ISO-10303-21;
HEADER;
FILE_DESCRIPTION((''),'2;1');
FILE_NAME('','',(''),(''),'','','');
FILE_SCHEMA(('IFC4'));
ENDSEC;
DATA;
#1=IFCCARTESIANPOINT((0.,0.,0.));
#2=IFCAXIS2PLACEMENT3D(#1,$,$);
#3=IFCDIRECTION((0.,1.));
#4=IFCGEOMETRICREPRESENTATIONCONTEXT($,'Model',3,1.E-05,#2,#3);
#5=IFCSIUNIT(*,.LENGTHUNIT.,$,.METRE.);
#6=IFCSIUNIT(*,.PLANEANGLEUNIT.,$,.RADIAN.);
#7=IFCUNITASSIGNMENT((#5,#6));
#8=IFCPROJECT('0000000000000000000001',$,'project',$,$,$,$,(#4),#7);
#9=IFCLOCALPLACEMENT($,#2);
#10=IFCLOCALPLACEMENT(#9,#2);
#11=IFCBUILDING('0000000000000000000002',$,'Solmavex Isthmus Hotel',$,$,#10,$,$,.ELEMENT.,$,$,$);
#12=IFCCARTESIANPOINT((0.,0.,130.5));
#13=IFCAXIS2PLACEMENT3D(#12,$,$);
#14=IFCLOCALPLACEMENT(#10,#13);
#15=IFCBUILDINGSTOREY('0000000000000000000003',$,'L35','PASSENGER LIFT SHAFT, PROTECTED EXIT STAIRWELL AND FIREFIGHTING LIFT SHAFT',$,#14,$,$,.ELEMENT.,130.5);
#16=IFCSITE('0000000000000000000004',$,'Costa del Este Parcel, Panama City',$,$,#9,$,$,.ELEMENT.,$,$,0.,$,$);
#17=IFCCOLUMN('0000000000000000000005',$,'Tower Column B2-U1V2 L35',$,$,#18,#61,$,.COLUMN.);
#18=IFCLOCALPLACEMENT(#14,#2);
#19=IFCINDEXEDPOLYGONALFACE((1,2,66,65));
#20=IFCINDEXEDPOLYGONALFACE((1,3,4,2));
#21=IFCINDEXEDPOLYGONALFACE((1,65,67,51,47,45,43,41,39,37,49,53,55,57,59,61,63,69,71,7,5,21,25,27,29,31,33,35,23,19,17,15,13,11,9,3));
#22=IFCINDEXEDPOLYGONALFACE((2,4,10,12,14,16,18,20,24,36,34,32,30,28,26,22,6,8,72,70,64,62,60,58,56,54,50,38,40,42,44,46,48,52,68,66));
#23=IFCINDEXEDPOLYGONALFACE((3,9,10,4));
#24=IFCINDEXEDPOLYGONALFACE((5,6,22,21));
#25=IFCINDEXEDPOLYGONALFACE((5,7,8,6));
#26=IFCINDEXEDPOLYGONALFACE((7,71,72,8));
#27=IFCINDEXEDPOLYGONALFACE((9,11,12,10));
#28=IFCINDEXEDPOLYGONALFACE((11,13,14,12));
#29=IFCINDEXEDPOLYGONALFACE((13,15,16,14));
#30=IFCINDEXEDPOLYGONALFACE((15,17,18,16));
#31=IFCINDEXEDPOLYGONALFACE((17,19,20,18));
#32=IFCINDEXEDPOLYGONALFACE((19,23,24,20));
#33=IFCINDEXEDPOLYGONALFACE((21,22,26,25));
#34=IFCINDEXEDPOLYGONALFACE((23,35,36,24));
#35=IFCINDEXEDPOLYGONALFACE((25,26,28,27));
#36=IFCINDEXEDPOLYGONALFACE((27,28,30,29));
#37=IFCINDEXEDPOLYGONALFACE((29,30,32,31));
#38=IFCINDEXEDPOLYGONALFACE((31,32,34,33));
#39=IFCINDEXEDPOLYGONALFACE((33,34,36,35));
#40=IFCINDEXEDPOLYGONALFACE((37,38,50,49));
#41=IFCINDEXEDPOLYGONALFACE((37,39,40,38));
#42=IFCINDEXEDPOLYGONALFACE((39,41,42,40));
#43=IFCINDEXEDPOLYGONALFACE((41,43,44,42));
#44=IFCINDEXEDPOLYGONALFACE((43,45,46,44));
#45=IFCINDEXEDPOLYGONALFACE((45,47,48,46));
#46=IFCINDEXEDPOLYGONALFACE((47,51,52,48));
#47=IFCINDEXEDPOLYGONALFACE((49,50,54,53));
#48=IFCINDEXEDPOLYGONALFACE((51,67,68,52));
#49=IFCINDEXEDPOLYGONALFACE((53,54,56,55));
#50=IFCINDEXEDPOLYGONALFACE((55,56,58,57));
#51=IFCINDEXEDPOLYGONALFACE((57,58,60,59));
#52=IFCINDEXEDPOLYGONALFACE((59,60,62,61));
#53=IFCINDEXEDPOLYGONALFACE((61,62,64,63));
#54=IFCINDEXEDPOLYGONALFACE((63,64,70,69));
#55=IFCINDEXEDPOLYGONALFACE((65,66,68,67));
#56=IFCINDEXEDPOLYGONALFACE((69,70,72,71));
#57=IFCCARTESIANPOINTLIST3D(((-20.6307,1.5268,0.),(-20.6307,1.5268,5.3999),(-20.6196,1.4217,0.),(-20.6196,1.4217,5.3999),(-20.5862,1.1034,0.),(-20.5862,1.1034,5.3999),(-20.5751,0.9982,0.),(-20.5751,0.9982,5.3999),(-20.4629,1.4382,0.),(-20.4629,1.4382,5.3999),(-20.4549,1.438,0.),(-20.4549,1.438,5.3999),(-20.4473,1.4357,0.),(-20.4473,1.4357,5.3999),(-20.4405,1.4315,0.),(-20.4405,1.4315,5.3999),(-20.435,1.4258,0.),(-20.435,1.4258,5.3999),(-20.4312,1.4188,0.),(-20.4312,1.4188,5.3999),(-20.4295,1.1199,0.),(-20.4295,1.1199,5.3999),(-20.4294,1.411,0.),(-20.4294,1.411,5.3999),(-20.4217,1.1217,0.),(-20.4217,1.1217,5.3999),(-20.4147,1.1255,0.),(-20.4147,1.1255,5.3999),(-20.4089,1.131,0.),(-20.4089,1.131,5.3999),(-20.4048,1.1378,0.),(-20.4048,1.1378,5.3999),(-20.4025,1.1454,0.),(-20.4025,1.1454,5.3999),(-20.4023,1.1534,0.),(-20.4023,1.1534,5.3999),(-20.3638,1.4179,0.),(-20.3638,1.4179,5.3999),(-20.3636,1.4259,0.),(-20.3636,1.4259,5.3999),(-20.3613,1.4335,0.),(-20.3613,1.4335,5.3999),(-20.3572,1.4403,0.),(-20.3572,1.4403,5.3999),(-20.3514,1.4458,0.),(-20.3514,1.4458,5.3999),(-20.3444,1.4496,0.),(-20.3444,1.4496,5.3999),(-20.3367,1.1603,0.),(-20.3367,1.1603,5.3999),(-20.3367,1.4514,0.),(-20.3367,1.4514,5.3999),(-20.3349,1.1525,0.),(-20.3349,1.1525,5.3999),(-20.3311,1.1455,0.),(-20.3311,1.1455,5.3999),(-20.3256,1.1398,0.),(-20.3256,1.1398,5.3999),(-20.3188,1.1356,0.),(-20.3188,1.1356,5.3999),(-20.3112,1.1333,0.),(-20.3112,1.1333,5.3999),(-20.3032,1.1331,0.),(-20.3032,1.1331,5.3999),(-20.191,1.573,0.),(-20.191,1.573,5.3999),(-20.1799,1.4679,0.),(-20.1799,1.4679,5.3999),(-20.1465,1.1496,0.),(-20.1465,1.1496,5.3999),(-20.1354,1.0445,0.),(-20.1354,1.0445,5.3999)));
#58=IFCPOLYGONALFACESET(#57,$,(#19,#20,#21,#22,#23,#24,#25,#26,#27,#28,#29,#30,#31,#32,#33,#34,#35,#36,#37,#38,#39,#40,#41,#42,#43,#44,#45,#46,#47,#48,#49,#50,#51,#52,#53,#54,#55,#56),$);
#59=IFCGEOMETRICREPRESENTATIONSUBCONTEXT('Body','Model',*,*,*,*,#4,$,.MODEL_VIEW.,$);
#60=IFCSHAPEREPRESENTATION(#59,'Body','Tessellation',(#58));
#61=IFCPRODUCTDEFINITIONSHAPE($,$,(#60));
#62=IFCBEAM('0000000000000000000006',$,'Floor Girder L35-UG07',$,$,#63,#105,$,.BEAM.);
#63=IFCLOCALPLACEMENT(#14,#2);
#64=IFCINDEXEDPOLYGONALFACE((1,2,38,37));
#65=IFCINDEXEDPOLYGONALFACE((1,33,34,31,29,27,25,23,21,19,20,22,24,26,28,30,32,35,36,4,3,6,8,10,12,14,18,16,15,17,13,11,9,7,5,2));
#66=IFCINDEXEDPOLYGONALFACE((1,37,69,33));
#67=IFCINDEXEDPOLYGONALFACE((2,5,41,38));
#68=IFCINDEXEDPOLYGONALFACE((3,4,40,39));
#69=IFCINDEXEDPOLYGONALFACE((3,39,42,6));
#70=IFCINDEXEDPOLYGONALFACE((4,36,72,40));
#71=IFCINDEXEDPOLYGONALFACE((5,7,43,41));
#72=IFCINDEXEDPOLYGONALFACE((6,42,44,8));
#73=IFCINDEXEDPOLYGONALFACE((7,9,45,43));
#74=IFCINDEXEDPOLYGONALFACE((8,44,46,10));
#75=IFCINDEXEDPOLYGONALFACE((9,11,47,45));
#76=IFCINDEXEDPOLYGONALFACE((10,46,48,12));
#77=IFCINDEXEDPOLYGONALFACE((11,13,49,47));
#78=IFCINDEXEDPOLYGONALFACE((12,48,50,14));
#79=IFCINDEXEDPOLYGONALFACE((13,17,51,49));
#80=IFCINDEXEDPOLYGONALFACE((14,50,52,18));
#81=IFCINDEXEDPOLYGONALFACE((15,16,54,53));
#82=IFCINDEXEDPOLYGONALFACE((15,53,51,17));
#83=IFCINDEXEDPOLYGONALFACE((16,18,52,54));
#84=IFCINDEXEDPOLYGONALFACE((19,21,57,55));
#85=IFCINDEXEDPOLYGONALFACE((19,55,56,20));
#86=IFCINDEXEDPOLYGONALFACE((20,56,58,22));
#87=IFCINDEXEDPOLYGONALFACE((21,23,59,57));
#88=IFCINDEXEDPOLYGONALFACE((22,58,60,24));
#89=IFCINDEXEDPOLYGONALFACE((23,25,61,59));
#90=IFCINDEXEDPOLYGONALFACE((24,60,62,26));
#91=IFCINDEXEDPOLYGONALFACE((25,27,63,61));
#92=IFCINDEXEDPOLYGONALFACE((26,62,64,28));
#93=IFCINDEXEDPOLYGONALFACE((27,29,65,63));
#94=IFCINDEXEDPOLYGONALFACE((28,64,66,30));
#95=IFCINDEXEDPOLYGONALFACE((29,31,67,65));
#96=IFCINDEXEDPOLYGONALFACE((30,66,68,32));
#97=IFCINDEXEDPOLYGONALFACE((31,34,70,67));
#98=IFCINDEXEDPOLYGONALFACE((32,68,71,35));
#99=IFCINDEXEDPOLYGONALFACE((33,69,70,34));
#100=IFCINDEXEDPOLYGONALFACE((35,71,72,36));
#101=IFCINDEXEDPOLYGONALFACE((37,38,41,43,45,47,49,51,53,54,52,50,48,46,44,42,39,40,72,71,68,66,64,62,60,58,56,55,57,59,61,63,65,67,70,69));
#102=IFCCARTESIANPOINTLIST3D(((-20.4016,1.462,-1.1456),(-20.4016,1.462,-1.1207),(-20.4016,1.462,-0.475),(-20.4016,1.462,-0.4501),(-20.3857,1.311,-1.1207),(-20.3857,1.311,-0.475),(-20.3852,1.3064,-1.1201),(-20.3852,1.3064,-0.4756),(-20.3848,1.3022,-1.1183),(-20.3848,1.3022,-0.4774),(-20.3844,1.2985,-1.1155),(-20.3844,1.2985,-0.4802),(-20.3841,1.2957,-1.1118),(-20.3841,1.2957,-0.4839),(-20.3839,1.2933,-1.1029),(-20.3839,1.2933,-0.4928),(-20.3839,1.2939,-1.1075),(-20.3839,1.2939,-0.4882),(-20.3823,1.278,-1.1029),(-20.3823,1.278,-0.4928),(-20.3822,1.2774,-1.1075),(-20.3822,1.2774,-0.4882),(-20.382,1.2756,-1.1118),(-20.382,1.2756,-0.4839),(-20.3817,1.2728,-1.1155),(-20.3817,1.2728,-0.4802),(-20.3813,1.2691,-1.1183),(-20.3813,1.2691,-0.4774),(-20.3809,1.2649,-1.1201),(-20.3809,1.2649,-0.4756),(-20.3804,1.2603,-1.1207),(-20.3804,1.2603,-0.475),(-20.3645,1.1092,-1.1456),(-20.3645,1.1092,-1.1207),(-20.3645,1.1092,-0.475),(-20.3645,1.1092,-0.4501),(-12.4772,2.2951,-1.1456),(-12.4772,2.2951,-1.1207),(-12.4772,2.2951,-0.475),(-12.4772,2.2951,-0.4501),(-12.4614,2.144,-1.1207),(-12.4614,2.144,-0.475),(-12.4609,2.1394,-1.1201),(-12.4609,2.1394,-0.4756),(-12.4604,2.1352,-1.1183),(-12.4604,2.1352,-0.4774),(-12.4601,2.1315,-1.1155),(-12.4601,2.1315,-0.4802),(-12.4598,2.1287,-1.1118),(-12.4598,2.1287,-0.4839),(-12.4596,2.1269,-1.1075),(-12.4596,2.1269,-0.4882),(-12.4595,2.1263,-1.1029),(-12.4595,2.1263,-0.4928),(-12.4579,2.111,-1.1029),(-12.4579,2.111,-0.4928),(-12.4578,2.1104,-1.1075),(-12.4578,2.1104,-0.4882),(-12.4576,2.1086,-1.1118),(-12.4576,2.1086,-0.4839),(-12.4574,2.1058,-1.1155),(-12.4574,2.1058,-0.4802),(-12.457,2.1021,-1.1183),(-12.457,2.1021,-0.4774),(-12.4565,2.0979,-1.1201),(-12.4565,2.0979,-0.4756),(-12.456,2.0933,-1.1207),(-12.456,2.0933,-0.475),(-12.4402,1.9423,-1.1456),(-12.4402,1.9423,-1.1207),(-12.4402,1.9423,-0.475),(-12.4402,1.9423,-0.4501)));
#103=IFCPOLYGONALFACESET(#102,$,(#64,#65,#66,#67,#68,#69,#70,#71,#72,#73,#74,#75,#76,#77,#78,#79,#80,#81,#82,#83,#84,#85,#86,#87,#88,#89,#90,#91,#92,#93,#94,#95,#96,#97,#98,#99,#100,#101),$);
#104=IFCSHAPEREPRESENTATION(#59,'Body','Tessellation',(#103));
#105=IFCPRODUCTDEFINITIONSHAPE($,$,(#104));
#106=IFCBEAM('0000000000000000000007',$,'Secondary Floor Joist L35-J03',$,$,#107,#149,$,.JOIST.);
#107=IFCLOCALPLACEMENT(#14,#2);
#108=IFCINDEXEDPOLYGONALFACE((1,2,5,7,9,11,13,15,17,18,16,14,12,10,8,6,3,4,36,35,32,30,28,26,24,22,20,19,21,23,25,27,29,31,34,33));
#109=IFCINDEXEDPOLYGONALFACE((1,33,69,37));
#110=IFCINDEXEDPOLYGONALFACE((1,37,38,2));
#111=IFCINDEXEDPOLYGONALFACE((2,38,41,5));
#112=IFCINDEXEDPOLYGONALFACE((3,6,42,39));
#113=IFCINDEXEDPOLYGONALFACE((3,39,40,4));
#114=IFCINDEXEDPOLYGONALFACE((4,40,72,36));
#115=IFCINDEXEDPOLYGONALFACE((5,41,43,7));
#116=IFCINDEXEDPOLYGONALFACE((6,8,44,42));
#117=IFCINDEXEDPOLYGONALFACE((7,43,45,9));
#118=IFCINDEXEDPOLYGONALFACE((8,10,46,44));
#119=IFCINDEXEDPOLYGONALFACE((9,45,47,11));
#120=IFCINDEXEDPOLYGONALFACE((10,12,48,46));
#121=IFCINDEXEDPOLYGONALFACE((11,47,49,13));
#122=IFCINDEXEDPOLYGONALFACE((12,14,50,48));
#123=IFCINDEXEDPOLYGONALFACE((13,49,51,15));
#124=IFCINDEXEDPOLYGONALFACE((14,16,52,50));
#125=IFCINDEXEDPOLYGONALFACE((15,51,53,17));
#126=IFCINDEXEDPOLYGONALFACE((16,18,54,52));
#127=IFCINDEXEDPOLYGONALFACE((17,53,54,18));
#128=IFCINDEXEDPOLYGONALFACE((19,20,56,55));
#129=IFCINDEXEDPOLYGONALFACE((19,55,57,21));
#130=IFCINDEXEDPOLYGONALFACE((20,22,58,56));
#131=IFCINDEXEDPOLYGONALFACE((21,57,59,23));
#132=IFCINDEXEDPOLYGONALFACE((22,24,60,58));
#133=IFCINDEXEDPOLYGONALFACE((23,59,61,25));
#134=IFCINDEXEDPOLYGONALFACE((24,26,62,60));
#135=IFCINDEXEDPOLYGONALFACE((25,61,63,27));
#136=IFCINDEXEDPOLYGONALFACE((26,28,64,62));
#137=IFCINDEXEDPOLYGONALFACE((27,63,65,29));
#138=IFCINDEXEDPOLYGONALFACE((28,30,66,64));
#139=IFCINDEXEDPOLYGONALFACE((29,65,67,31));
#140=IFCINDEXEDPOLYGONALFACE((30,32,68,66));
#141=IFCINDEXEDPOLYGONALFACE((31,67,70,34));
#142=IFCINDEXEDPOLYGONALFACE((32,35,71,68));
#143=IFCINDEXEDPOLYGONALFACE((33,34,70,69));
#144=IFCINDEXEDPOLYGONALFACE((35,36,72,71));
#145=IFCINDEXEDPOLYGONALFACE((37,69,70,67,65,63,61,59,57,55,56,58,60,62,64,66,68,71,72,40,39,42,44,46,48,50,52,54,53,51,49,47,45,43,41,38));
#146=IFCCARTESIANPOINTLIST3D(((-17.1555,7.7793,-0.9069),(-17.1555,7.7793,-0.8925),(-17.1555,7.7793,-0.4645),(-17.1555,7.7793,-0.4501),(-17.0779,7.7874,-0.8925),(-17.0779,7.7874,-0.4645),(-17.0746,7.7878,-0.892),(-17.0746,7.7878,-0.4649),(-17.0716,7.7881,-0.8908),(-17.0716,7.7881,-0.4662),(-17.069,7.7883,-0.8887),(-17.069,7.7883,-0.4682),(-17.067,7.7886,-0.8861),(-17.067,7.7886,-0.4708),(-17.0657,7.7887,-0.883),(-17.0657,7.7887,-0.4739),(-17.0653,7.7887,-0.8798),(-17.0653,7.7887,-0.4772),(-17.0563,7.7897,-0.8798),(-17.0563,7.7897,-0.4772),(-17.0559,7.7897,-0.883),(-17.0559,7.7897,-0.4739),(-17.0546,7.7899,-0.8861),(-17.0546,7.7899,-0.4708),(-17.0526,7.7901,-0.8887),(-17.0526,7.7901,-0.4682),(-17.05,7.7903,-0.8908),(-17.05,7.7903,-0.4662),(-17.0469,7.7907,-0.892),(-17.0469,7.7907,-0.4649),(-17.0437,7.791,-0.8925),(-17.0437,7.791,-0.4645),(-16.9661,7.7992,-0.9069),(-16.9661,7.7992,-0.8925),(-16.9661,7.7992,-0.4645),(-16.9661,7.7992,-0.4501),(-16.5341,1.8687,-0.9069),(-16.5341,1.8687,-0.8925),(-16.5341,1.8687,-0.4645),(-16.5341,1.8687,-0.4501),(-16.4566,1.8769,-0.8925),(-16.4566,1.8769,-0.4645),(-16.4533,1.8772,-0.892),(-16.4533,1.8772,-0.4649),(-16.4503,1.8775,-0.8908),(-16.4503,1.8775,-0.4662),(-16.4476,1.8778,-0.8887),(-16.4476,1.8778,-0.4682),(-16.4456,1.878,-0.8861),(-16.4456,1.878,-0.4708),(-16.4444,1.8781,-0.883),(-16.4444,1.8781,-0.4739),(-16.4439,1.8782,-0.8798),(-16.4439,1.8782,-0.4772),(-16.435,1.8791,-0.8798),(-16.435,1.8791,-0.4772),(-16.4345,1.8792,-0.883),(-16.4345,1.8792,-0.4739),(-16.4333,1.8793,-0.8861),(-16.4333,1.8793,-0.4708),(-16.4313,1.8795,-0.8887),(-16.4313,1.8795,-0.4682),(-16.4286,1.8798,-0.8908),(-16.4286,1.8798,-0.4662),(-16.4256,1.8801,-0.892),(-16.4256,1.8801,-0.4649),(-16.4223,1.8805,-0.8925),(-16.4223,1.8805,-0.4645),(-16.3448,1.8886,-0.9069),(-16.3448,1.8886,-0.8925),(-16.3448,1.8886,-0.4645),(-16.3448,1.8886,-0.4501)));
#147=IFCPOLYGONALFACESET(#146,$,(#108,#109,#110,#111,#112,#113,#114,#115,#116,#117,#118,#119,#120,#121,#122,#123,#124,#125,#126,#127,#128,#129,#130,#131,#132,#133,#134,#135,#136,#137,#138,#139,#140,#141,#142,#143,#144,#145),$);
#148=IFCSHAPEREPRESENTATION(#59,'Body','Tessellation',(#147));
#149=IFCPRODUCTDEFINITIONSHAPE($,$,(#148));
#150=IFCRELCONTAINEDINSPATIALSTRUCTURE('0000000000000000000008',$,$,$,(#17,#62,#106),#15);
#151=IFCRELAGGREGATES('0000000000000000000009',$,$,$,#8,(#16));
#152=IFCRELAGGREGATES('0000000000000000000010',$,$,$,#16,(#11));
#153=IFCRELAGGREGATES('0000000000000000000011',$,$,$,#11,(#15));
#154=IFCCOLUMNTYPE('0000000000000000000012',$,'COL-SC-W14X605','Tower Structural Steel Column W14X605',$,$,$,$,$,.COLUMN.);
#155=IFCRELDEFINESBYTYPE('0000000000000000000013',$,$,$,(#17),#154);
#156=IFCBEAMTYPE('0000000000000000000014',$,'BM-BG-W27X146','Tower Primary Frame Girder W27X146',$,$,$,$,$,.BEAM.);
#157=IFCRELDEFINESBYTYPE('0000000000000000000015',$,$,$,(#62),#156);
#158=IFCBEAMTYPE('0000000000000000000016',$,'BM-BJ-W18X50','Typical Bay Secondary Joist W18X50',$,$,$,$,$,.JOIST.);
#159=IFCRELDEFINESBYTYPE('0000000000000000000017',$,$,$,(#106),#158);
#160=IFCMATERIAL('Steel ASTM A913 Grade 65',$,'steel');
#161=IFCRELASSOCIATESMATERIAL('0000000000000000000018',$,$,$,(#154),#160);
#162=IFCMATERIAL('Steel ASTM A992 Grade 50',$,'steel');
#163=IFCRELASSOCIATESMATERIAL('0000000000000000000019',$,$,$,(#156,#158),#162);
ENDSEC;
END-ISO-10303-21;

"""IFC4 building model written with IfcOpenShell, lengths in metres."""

from ifc_helpers import new_model, si_unit, direction, frame, origin, origin_2d, place, context, subcontext, project, spatial, i_section, extrude, material, material_profile, profile_set, type_object, element, save


model = new_model("IFC4")

# Units and contexts
model_context = context("Model", 3, precision=1e-05, world=origin(), true_north=direction((0.0, 1.0)))
body_context = subcontext(model_context, "Body", "Model", "MODEL_VIEW")
ifc_project = project(units=[si_unit("LENGTHUNIT", "METRE"), si_unit("PLANEANGLEUNIT", "RADIAN")], contexts=[model_context])

# Site, building, storey
site_placement = place(None, origin())
site = spatial("IfcSite", under=ifc_project, at=site_placement, Name="Costa del Este Parcel, Panama City", CompositionType="ELEMENT", RefElevation=0.0)
building_placement = place(site_placement, origin())
building = spatial("IfcBuilding", under=site, at=building_placement, Name="Solmavex Isthmus Hotel", CompositionType="ELEMENT")
storey_placement = place(building_placement, frame((0.0, 0.0, 130.5)))
storey = spatial("IfcBuildingStorey", under=building, at=storey_placement, Name="L35", Description="PASSENGER LIFT SHAFT, PROTECTED EXIT STAIRWELL AND FIREFIGHTING LIFT SHAFT", CompositionType="ELEMENT", Elevation=130.5)

# Column
ifc_material_1 = material(Name="Steel ASTM A913 Grade 65", Category="steel")
ifc_material_profile_1 = material_profile(ifc_material_1, i_section(OverallWidth=0.4421, OverallDepth=0.5315, WebThickness=0.0659, FlangeThickness=0.1057, FilletRadius=0.0305, at=origin_2d()), Name="W14X605")
ifc_profile_set_1 = profile_set([ifc_material_profile_1], Name="Steel ASTM A913 Grade 65")
column_type = type_object("IfcColumnType", Name="COL-SC-W14X605", Description="Tower Structural Steel Column W14X605", PredefinedType="COLUMN", material=ifc_profile_set_1)
column_placement = place(storey_placement, frame((-20.3831, 1.2856, 0.0), z_axis=(0.0, 0.0, 1.0), x_axis=(0.994522, 0.104528, 0.0)))
element("IfcColumn", 1, at=column_placement, inside=storey, type_object=column_type, Name="Tower Column B2-U1V2 L35", PredefinedType="COLUMN", context=body_context, shape_type="SweptSolid", body=[
    extrude(i_section(OverallWidth=0.4421, OverallDepth=0.5315, WebThickness=0.0659, FlangeThickness=0.1057, FilletRadius=0.0305, at=origin_2d()), origin(), (0.0, 0.0, 1.0), 5.3999),
])

# Beams
ifc_material_2 = material(Name="Steel ASTM A992 Grade 50", Category="steel")
ifc_material_profile_2 = material_profile(ifc_material_2, i_section(OverallWidth=0.3547, OverallDepth=0.6956, WebThickness=0.0154, FlangeThickness=0.0249, FilletRadius=0.0178, at=origin_2d()), Name="W27X146")
ifc_profile_set_2 = profile_set([ifc_material_profile_2], Name="Steel ASTM A992 Grade 50")
beam_type_1 = type_object("IfcBeamType", Name="BM-BG-W27X146", Description="Tower Primary Frame Girder W27X146", PredefinedType="BEAM", material=ifc_profile_set_2)
beam_1_placement = place(storey_placement, frame((-20.3831, 1.2856, -0.7979), z_axis=(0.99452, 0.104544, 0.0), x_axis=(-0.104544, 0.99452, 0.0)))
element("IfcBeam", 2, at=beam_1_placement, inside=storey, type_object=beam_type_1, Name="Floor Girder L35-UG07", PredefinedType="BEAM", context=body_context, shape_type="SweptSolid", body=[
    extrude(i_section(OverallWidth=0.3547, OverallDepth=0.6956, WebThickness=0.0154, FlangeThickness=0.0249, FilletRadius=0.0178, at=origin_2d()), origin(), (0.0, 0.0, 1.0), 7.968),
])
ifc_material_profile_3 = material_profile(ifc_material_2, i_section(OverallWidth=0.1904, OverallDepth=0.4568, WebThickness=0.009, FlangeThickness=0.0144, FilletRadius=0.0127, at=origin_2d()), Name="W18X50")
ifc_profile_set_3 = profile_set([ifc_material_profile_3], Name="Steel ASTM A992 Grade 50")
beam_type_2 = type_object("IfcBeamType", Name="BM-BJ-W18X50", Description="Typical Bay Secondary Joist W18X50", PredefinedType="JOIST", material=ifc_profile_set_3)
beam_2_placement = place(storey_placement, frame((-16.4395, 1.8787, -0.6785), z_axis=(-0.104546, 0.99452, 0.0), x_axis=(-0.99452, -0.104546, 0.0)))
element("IfcBeam", 3, at=beam_2_placement, inside=storey, type_object=beam_type_2, Name="Secondary Floor Joist L35-J03", PredefinedType="JOIST", context=body_context, shape_type="SweptSolid", body=[
    extrude(i_section(OverallWidth=0.1904, OverallDepth=0.4568, WebThickness=0.009, FlangeThickness=0.0144, FilletRadius=0.0127, at=origin_2d()), origin(), (0.0, 0.0, 1.0), 5.9431),
])

save(model, "model.ifc")
